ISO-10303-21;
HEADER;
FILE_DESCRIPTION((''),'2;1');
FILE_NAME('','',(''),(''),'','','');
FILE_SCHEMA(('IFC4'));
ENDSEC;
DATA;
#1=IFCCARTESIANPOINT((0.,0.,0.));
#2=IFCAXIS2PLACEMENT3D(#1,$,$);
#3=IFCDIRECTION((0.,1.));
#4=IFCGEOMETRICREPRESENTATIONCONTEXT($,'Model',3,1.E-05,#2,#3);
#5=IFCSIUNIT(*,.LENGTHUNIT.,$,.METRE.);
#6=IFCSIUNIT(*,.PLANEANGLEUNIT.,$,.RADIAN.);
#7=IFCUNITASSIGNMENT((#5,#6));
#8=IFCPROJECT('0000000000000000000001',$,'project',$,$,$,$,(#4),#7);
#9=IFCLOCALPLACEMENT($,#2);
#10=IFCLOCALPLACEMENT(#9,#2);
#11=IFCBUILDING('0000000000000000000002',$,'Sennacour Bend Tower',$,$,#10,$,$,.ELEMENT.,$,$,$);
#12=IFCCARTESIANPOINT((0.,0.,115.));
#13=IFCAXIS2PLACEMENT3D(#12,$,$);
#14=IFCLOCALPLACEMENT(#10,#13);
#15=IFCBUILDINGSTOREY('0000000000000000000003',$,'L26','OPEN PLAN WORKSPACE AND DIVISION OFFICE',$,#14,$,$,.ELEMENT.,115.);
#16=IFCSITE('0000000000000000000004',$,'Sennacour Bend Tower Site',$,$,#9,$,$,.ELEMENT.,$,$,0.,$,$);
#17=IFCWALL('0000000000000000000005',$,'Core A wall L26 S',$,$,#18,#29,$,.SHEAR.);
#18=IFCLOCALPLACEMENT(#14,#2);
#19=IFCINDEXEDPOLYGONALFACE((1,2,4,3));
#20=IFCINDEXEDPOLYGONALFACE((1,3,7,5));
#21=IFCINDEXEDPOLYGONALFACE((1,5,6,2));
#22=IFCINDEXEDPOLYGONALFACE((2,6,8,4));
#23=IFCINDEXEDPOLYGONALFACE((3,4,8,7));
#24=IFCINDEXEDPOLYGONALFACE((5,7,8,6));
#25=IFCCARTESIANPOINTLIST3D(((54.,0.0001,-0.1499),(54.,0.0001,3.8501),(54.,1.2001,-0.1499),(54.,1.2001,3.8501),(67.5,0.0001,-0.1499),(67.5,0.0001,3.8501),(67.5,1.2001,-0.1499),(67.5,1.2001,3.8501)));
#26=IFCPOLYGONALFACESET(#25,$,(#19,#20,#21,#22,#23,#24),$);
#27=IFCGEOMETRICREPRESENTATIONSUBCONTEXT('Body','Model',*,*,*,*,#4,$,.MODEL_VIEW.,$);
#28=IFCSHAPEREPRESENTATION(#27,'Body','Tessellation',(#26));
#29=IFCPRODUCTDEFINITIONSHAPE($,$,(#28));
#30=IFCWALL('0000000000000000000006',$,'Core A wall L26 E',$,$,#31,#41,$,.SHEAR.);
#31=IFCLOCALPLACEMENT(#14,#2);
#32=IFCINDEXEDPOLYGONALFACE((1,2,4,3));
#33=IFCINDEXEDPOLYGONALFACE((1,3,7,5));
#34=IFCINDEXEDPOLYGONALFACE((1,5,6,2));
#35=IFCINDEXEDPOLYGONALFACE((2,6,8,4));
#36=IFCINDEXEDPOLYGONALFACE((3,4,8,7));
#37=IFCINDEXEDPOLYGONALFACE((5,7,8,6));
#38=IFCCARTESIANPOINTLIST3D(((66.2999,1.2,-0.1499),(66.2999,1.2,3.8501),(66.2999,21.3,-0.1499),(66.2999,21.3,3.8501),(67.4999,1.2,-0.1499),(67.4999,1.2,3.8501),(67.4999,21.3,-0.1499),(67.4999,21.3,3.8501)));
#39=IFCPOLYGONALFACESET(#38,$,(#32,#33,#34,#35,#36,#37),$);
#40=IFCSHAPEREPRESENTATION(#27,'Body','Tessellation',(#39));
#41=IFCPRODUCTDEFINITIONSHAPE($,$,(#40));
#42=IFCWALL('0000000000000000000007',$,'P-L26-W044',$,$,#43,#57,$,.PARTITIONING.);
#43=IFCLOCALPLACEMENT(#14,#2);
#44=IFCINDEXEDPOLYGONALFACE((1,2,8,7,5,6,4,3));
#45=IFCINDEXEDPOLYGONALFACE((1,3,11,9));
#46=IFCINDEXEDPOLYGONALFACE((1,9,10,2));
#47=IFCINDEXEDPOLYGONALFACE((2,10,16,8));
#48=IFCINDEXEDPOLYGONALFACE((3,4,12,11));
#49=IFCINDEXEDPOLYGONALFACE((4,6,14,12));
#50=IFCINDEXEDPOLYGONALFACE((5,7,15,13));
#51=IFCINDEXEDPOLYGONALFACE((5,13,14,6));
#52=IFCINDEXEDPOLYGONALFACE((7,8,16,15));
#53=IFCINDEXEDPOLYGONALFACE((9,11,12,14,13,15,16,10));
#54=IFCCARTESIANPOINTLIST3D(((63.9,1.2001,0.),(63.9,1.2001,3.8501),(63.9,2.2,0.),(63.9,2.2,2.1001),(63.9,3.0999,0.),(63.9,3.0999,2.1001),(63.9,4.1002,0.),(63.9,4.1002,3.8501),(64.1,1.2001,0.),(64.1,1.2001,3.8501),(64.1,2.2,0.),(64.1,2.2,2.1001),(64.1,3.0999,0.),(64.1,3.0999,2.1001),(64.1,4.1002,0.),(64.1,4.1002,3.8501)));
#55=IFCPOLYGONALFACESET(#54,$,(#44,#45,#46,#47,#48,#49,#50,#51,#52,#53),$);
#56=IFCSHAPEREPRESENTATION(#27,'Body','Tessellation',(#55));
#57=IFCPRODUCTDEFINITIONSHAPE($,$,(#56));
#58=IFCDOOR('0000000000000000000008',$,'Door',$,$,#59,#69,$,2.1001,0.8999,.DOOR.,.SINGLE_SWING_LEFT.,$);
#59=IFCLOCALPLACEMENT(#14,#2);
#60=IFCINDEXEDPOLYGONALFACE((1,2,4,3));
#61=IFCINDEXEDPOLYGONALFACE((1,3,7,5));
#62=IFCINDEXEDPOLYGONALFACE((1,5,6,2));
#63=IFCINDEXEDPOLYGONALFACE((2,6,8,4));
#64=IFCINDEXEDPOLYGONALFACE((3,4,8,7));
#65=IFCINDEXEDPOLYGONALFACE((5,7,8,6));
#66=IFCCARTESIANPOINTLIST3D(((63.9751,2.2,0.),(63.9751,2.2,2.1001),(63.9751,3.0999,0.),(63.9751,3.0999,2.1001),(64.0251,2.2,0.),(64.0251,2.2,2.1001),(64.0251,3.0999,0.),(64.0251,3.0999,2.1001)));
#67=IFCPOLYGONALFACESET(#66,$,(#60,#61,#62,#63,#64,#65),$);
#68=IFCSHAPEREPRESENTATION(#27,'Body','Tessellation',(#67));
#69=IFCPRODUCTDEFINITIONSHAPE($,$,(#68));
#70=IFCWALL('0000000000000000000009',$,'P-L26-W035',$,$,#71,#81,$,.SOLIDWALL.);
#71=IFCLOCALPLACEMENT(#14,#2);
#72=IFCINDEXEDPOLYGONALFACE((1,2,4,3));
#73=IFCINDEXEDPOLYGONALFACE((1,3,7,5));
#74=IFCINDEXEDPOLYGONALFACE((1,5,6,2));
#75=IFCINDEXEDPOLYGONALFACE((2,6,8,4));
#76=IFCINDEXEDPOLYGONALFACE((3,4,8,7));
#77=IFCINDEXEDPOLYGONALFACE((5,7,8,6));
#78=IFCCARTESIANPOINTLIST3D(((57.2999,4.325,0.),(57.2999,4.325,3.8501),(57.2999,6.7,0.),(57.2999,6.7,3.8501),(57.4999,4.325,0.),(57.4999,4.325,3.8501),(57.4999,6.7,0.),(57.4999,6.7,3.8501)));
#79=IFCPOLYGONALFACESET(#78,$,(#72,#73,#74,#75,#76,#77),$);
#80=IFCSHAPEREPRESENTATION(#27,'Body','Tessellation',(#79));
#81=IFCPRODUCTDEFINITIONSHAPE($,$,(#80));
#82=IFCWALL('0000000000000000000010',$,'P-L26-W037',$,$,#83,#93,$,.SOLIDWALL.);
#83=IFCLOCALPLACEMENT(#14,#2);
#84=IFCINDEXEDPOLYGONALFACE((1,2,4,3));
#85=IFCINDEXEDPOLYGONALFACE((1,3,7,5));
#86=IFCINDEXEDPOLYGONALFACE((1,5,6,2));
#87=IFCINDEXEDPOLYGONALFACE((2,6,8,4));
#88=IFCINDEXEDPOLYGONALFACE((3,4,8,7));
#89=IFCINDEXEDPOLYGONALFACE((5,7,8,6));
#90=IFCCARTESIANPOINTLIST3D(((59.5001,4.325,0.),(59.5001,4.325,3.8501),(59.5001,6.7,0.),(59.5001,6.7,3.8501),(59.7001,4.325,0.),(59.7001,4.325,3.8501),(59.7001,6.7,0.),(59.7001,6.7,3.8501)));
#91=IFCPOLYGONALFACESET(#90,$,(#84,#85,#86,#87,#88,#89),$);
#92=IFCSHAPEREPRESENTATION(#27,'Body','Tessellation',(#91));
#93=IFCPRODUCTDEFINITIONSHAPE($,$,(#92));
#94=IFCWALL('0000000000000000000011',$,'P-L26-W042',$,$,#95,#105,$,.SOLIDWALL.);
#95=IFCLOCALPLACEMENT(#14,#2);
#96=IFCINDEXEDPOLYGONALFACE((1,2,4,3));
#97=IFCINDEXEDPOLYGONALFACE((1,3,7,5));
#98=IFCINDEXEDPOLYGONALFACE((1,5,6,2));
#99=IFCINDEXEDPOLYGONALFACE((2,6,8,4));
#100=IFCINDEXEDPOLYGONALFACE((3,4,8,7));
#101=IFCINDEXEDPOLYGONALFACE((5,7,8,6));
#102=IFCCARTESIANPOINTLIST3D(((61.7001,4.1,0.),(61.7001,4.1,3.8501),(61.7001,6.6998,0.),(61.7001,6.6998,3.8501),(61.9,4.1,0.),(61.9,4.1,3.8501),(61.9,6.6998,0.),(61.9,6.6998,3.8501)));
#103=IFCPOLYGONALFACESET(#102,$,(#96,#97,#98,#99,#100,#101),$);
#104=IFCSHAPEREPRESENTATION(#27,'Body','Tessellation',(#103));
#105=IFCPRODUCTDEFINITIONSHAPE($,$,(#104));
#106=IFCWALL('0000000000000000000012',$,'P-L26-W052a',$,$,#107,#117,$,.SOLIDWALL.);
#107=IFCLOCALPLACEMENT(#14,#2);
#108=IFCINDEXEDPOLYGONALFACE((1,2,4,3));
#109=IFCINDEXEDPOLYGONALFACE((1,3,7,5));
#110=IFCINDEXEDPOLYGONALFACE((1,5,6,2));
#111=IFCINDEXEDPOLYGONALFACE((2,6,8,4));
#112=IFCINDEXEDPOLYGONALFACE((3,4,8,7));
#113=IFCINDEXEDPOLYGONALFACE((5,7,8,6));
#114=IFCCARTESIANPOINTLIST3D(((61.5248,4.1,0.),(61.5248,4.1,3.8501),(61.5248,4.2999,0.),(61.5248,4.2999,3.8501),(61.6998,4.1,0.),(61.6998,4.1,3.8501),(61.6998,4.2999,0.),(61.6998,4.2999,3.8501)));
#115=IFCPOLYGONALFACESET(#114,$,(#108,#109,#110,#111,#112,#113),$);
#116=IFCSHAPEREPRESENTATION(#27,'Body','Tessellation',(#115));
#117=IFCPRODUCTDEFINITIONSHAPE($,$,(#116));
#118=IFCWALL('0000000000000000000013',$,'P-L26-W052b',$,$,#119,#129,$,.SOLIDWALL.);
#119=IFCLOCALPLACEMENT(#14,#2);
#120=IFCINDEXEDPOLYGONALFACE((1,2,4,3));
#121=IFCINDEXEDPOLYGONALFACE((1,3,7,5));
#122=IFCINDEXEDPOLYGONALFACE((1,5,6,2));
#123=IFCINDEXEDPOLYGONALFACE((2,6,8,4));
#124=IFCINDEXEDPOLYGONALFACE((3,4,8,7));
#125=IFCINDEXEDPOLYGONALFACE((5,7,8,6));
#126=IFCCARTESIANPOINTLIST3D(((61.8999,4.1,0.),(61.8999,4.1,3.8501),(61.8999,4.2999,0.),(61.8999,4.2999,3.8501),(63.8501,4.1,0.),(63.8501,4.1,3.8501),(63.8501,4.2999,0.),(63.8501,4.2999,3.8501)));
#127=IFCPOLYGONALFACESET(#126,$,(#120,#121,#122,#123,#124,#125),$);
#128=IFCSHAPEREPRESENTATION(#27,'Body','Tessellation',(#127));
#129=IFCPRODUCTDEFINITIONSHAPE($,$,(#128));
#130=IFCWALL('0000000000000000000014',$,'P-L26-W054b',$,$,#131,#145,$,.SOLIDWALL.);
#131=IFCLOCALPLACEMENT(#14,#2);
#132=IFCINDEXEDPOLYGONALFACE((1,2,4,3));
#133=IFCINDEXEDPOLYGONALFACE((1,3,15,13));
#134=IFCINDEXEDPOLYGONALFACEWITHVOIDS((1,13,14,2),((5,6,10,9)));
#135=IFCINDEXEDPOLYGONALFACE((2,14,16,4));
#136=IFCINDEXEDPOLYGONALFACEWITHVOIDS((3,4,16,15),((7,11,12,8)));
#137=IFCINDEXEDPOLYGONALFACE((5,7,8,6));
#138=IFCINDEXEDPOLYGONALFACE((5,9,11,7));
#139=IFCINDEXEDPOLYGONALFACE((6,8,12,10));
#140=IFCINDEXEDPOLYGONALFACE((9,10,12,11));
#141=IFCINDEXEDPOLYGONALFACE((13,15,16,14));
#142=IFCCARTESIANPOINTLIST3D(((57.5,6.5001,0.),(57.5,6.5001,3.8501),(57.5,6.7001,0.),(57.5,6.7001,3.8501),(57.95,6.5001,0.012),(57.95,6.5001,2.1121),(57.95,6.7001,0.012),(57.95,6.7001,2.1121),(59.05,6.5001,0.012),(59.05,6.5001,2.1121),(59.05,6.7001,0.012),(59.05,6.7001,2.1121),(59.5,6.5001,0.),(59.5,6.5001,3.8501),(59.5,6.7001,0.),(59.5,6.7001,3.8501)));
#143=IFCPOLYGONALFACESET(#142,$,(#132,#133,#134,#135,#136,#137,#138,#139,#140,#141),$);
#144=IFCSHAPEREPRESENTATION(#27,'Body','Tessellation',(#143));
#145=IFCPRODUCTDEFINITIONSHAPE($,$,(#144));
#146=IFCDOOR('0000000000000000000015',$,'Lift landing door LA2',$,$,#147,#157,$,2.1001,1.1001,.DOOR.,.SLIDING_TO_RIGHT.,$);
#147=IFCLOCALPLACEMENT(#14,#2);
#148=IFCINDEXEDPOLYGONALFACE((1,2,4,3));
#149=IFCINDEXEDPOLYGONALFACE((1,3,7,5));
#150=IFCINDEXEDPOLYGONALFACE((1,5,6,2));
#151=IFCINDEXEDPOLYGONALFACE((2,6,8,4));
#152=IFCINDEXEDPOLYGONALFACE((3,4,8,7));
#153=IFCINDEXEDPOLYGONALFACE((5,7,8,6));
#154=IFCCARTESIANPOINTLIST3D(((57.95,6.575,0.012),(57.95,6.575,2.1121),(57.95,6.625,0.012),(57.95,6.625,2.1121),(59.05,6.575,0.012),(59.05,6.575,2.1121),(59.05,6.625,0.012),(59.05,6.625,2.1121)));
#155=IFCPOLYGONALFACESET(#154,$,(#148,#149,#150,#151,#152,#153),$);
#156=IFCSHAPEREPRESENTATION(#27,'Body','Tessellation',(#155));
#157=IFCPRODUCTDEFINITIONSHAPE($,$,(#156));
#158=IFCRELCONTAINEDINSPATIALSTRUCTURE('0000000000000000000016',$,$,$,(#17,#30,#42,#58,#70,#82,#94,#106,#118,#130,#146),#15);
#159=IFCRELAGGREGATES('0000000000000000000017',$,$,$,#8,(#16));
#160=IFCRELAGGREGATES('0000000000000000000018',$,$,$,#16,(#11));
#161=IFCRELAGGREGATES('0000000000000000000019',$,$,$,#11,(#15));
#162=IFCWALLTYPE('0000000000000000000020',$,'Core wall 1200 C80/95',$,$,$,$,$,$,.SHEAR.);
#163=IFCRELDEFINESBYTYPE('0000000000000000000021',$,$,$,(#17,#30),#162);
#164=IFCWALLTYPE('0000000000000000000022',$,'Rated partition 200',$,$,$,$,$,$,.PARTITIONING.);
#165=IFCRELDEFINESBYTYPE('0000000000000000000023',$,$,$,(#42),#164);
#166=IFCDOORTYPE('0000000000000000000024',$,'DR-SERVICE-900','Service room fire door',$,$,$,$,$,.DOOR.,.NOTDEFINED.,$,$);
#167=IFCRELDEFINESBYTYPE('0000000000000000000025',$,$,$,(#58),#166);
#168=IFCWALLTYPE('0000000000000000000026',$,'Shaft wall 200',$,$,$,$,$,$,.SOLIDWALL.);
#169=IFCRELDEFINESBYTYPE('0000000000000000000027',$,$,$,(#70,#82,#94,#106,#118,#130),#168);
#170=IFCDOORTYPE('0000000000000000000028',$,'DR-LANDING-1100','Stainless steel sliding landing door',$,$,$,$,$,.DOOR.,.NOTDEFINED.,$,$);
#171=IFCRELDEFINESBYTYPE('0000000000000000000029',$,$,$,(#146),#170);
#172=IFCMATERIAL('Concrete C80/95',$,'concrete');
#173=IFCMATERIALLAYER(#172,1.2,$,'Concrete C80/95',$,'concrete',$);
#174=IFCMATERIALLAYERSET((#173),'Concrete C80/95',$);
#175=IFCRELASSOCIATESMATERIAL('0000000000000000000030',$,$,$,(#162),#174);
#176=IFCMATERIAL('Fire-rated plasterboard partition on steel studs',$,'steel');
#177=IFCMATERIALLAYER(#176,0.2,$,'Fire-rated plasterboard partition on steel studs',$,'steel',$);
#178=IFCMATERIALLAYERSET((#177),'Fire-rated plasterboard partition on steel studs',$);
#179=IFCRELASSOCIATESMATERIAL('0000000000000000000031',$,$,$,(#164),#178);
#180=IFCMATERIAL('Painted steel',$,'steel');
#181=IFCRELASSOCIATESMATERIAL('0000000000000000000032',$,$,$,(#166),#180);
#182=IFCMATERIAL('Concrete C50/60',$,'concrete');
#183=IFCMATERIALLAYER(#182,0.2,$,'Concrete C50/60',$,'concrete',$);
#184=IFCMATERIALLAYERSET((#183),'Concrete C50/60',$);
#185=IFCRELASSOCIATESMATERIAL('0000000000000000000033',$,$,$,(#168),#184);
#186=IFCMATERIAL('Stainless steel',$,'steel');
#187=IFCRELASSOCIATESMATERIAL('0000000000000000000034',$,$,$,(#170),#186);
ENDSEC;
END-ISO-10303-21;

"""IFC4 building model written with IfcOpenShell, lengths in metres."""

from ifc_helpers import new_model, si_unit, direction, frame, frame_2d, origin, place, context, subcontext, project, spatial, rectangle, extrude, material, layer, layer_set, type_object, element, fill, save


model = new_model("IFC4")

# Units and contexts
model_context = context("Model", 3, precision=1e-05, world=origin(), true_north=direction((0.0, 1.0)))
body_context = subcontext(model_context, "Body", "Model", "MODEL_VIEW")
ifc_project = project(units=[si_unit("LENGTHUNIT", "METRE"), si_unit("PLANEANGLEUNIT", "RADIAN")], contexts=[model_context])

# Site, building, storey
site_placement = place(None, origin())
site = spatial("IfcSite", under=ifc_project, at=site_placement, Name="Sennacour Bend Tower Site", CompositionType="ELEMENT", RefElevation=0.0)
building_placement = place(site_placement, origin())
building = spatial("IfcBuilding", under=site, at=building_placement, Name="Sennacour Bend Tower", CompositionType="ELEMENT")
storey_placement = place(building_placement, frame((0.0, 0.0, 115.0)))
storey = spatial("IfcBuildingStorey", under=building, at=storey_placement, Name="L26", Description="OPEN PLAN WORKSPACE AND DIVISION OFFICE", CompositionType="ELEMENT", Elevation=115.0)

# Walls
ifc_material_1 = material(Name="Concrete C80/95", Category="concrete")
ifc_layer_1 = layer(ifc_material_1, 1.2, Name="Concrete C80/95", Category="concrete")
ifc_layer_set_1 = layer_set([ifc_layer_1], Name="Concrete C80/95")
wall_type_1 = type_object("IfcWallType", Name="Core wall 1200 C80/95", PredefinedType="SHEAR", material=ifc_layer_set_1)
wall_1_placement = place(storey_placement, frame((67.5, 0.6001, -0.1499), z_axis=(0.0, 0.0, 1.0), x_axis=(-1.0, 0.0, 0.0)))
element("IfcWall", 1, at=wall_1_placement, inside=storey, type_object=wall_type_1, Name="Core A wall L26 S", PredefinedType="SHEAR", context=body_context, shape_type="SweptSolid", body=[
    extrude(rectangle(XDim=13.5, YDim=1.2, at=frame_2d((6.75, 0.0))), origin(), (0.0, 0.0, 1.0), 4.0),
])
wall_2_placement = place(storey_placement, frame((66.8999, 1.2, -0.1499), z_axis=(0.0, 0.0, 1.0), x_axis=(0.0, 1.0, 0.0)))
element("IfcWall", 2, at=wall_2_placement, inside=storey, type_object=wall_type_1, Name="Core A wall L26 E", PredefinedType="SHEAR", context=body_context, shape_type="SweptSolid", body=[
    extrude(rectangle(XDim=20.1001, YDim=1.2, at=frame_2d((10.05, 0.0))), origin(), (0.0, 0.0, 1.0), 4.0),
])

# Wall, opening, door
ifc_material_2 = material(Name="Fire-rated plasterboard partition on steel studs", Category="steel")
ifc_layer_2 = layer(ifc_material_2, 0.2, Name="Fire-rated plasterboard partition on steel studs", Category="steel")
ifc_layer_set_2 = layer_set([ifc_layer_2], Name="Fire-rated plasterboard partition on steel studs")
wall_type_2 = type_object("IfcWallType", Name="Rated partition 200", PredefinedType="PARTITIONING", material=ifc_layer_set_2)
wall_3_placement = place(storey_placement, frame((64.0, 1.2, 0.0), z_axis=(0.0, 0.0, 1.0), x_axis=(0.0, 1.0, 0.0)))
wall_3 = element("IfcWall", 3, at=wall_3_placement, inside=storey, type_object=wall_type_2, Name="P-L26-W044", PredefinedType="PARTITIONING", context=body_context, shape_type="SweptSolid", body=[
    extrude(rectangle(XDim=2.9001, YDim=0.2, at=frame_2d((1.4502, 0.0))), origin(), (0.0, 0.0, 1.0), 3.8501),
])
opening_1_placement = place(wall_3_placement, frame((1.0, 0.0, 0.0)))
opening_1 = element("IfcOpeningElement", 4, at=opening_1_placement, cuts=wall_3, PredefinedType="OPENING", context=body_context, shape_type="SweptSolid", body=[
    extrude(rectangle(XDim=0.8999, YDim=2.1001, at=frame_2d((0.45, 1.05))), frame((0.0, 0.1099, 0.0), z_axis=(0.0, -1.0, 0.0), x_axis=(1.0, 0.0, 0.0)), (0.0, 0.0, 1.0), 0.22),
])
ifc_material_3 = material(Name="Painted steel", Category="steel")
door_type_1 = type_object("IfcDoorType", Name="DR-SERVICE-900", Description="Service room fire door", OperationType="NOTDEFINED", PredefinedType="DOOR", material=ifc_material_3)
door_1_placement = place(opening_1_placement, origin())
door_1 = element("IfcDoor", 5, at=door_1_placement, inside=storey, type_object=door_type_1, Name="Door", OperationType="SINGLE_SWING_LEFT", OverallHeight=2.1001, OverallWidth=0.8999, PredefinedType="DOOR", context=body_context, shape_type="SweptSolid", body=[
    extrude(rectangle(XDim=0.8999, YDim=2.1001, at=frame_2d((0.45, 1.05))), frame((0.0, 0.0249, 0.0), z_axis=(0.0, -1.0, 0.0), x_axis=(1.0, 0.0, 0.0)), (0.0, 0.0, 1.0), 0.05),
])
fill(opening_1, door_1)

# Walls
ifc_material_4 = material(Name="Concrete C50/60", Category="concrete")
ifc_layer_3 = layer(ifc_material_4, 0.2, Name="Concrete C50/60", Category="concrete")
ifc_layer_set_3 = layer_set([ifc_layer_3], Name="Concrete C50/60")
wall_type_3 = type_object("IfcWallType", Name="Shaft wall 200", PredefinedType="SOLIDWALL", material=ifc_layer_set_3)
for number, where, z_axis, x_axis, name in (
    (6, (57.3999, 4.325, 0.0), (0.0, 0.0, 1.0), (0.0, 1.0, 0.0), "P-L26-W035"),
    (7, (59.6001, 4.325, 0.0), (0.0, 0.0, 1.0), (0.0, 1.0, 0.0), "P-L26-W037"),
):
    element("IfcWall", number, at=place(storey_placement, frame(where, z_axis=z_axis, x_axis=x_axis)), inside=storey, type_object=wall_type_3, Name=name, PredefinedType="SOLIDWALL", context=body_context, shape_type="SweptSolid", body=[
        extrude(rectangle(XDim=2.375, YDim=0.2, at=frame_2d((1.1875, 0.0))), origin(), (0.0, 0.0, 1.0), 3.8501),
    ])
wall_4_placement = place(storey_placement, frame((61.8, 4.1001, 0.0), z_axis=(0.0, 0.0, 1.0), x_axis=(0.0, 1.0, 0.0)))
element("IfcWall", 8, at=wall_4_placement, inside=storey, type_object=wall_type_3, Name="P-L26-W042", PredefinedType="SOLIDWALL", context=body_context, shape_type="SweptSolid", body=[
    extrude(rectangle(XDim=2.5999, YDim=0.2, at=frame_2d((1.2998, 0.0))), origin(), (0.0, 0.0, 1.0), 3.8501),
])
wall_5_placement = place(storey_placement, frame((61.5249, 4.2, 0.0), z_axis=(0.0, 0.0, 1.0), x_axis=(1.0, 0.0, 0.0)))
element("IfcWall", 9, at=wall_5_placement, inside=storey, type_object=wall_type_3, Name="P-L26-W052a", PredefinedType="SOLIDWALL", context=body_context, shape_type="SweptSolid", body=[
    extrude(rectangle(XDim=0.175, YDim=0.2, at=frame_2d((0.0874, 0.0))), origin(), (0.0, 0.0, 1.0), 3.8501),
])
wall_6_placement = place(storey_placement, frame((61.8999, 4.2, 0.0), z_axis=(0.0, 0.0, 1.0), x_axis=(1.0, 0.0, 0.0)))
element("IfcWall", 10, at=wall_6_placement, inside=storey, type_object=wall_type_3, Name="P-L26-W052b", PredefinedType="SOLIDWALL", context=body_context, shape_type="SweptSolid", body=[
    extrude(rectangle(XDim=1.9502, YDim=0.2, at=frame_2d((0.9751, 0.0))), origin(), (0.0, 0.0, 1.0), 3.8501),
])

# Wall, opening, door
wall_7_placement = place(storey_placement, frame((57.5, 6.6001, 0.0), z_axis=(0.0, 0.0, 1.0), x_axis=(1.0, 0.0, 0.0)))
wall_7 = element("IfcWall", 11, at=wall_7_placement, inside=storey, type_object=wall_type_3, Name="P-L26-W054b", PredefinedType="SOLIDWALL", context=body_context, shape_type="SweptSolid", body=[
    extrude(rectangle(XDim=2.0, YDim=0.2, at=frame_2d((1.0, 0.0))), origin(), (0.0, 0.0, 1.0), 3.8501),
])
opening_2_placement = place(wall_7_placement, frame((0.45, 0.0, 0.012)))
opening_2 = element("IfcOpeningElement", 12, at=opening_2_placement, cuts=wall_7, PredefinedType="OPENING", context=body_context, shape_type="SweptSolid", body=[
    extrude(rectangle(XDim=1.1001, YDim=2.1001, at=frame_2d((0.55, 1.05))), frame((0.0, 0.1099, 0.0), z_axis=(0.0, -1.0, 0.0), x_axis=(1.0, 0.0, 0.0)), (0.0, 0.0, 1.0), 0.22),
])
ifc_material_5 = material(Name="Stainless steel", Category="steel")
door_type_2 = type_object("IfcDoorType", Name="DR-LANDING-1100", Description="Stainless steel sliding landing door", OperationType="NOTDEFINED", PredefinedType="DOOR", material=ifc_material_5)
door_2_placement = place(opening_2_placement, origin())
door_2 = element("IfcDoor", 13, at=door_2_placement, inside=storey, type_object=door_type_2, Name="Lift landing door LA2", OperationType="SLIDING_TO_RIGHT", OverallHeight=2.1001, OverallWidth=1.1001, PredefinedType="DOOR", context=body_context, shape_type="SweptSolid", body=[
    extrude(rectangle(XDim=1.1001, YDim=2.1001, at=frame_2d((0.55, 1.05))), frame((0.0, 0.0249, 0.0), z_axis=(0.0, -1.0, 0.0), x_axis=(1.0, 0.0, 0.0)), (0.0, 0.0, 1.0), 0.05),
])
fill(opening_2, door_2)

save(model, "model.ifc")
